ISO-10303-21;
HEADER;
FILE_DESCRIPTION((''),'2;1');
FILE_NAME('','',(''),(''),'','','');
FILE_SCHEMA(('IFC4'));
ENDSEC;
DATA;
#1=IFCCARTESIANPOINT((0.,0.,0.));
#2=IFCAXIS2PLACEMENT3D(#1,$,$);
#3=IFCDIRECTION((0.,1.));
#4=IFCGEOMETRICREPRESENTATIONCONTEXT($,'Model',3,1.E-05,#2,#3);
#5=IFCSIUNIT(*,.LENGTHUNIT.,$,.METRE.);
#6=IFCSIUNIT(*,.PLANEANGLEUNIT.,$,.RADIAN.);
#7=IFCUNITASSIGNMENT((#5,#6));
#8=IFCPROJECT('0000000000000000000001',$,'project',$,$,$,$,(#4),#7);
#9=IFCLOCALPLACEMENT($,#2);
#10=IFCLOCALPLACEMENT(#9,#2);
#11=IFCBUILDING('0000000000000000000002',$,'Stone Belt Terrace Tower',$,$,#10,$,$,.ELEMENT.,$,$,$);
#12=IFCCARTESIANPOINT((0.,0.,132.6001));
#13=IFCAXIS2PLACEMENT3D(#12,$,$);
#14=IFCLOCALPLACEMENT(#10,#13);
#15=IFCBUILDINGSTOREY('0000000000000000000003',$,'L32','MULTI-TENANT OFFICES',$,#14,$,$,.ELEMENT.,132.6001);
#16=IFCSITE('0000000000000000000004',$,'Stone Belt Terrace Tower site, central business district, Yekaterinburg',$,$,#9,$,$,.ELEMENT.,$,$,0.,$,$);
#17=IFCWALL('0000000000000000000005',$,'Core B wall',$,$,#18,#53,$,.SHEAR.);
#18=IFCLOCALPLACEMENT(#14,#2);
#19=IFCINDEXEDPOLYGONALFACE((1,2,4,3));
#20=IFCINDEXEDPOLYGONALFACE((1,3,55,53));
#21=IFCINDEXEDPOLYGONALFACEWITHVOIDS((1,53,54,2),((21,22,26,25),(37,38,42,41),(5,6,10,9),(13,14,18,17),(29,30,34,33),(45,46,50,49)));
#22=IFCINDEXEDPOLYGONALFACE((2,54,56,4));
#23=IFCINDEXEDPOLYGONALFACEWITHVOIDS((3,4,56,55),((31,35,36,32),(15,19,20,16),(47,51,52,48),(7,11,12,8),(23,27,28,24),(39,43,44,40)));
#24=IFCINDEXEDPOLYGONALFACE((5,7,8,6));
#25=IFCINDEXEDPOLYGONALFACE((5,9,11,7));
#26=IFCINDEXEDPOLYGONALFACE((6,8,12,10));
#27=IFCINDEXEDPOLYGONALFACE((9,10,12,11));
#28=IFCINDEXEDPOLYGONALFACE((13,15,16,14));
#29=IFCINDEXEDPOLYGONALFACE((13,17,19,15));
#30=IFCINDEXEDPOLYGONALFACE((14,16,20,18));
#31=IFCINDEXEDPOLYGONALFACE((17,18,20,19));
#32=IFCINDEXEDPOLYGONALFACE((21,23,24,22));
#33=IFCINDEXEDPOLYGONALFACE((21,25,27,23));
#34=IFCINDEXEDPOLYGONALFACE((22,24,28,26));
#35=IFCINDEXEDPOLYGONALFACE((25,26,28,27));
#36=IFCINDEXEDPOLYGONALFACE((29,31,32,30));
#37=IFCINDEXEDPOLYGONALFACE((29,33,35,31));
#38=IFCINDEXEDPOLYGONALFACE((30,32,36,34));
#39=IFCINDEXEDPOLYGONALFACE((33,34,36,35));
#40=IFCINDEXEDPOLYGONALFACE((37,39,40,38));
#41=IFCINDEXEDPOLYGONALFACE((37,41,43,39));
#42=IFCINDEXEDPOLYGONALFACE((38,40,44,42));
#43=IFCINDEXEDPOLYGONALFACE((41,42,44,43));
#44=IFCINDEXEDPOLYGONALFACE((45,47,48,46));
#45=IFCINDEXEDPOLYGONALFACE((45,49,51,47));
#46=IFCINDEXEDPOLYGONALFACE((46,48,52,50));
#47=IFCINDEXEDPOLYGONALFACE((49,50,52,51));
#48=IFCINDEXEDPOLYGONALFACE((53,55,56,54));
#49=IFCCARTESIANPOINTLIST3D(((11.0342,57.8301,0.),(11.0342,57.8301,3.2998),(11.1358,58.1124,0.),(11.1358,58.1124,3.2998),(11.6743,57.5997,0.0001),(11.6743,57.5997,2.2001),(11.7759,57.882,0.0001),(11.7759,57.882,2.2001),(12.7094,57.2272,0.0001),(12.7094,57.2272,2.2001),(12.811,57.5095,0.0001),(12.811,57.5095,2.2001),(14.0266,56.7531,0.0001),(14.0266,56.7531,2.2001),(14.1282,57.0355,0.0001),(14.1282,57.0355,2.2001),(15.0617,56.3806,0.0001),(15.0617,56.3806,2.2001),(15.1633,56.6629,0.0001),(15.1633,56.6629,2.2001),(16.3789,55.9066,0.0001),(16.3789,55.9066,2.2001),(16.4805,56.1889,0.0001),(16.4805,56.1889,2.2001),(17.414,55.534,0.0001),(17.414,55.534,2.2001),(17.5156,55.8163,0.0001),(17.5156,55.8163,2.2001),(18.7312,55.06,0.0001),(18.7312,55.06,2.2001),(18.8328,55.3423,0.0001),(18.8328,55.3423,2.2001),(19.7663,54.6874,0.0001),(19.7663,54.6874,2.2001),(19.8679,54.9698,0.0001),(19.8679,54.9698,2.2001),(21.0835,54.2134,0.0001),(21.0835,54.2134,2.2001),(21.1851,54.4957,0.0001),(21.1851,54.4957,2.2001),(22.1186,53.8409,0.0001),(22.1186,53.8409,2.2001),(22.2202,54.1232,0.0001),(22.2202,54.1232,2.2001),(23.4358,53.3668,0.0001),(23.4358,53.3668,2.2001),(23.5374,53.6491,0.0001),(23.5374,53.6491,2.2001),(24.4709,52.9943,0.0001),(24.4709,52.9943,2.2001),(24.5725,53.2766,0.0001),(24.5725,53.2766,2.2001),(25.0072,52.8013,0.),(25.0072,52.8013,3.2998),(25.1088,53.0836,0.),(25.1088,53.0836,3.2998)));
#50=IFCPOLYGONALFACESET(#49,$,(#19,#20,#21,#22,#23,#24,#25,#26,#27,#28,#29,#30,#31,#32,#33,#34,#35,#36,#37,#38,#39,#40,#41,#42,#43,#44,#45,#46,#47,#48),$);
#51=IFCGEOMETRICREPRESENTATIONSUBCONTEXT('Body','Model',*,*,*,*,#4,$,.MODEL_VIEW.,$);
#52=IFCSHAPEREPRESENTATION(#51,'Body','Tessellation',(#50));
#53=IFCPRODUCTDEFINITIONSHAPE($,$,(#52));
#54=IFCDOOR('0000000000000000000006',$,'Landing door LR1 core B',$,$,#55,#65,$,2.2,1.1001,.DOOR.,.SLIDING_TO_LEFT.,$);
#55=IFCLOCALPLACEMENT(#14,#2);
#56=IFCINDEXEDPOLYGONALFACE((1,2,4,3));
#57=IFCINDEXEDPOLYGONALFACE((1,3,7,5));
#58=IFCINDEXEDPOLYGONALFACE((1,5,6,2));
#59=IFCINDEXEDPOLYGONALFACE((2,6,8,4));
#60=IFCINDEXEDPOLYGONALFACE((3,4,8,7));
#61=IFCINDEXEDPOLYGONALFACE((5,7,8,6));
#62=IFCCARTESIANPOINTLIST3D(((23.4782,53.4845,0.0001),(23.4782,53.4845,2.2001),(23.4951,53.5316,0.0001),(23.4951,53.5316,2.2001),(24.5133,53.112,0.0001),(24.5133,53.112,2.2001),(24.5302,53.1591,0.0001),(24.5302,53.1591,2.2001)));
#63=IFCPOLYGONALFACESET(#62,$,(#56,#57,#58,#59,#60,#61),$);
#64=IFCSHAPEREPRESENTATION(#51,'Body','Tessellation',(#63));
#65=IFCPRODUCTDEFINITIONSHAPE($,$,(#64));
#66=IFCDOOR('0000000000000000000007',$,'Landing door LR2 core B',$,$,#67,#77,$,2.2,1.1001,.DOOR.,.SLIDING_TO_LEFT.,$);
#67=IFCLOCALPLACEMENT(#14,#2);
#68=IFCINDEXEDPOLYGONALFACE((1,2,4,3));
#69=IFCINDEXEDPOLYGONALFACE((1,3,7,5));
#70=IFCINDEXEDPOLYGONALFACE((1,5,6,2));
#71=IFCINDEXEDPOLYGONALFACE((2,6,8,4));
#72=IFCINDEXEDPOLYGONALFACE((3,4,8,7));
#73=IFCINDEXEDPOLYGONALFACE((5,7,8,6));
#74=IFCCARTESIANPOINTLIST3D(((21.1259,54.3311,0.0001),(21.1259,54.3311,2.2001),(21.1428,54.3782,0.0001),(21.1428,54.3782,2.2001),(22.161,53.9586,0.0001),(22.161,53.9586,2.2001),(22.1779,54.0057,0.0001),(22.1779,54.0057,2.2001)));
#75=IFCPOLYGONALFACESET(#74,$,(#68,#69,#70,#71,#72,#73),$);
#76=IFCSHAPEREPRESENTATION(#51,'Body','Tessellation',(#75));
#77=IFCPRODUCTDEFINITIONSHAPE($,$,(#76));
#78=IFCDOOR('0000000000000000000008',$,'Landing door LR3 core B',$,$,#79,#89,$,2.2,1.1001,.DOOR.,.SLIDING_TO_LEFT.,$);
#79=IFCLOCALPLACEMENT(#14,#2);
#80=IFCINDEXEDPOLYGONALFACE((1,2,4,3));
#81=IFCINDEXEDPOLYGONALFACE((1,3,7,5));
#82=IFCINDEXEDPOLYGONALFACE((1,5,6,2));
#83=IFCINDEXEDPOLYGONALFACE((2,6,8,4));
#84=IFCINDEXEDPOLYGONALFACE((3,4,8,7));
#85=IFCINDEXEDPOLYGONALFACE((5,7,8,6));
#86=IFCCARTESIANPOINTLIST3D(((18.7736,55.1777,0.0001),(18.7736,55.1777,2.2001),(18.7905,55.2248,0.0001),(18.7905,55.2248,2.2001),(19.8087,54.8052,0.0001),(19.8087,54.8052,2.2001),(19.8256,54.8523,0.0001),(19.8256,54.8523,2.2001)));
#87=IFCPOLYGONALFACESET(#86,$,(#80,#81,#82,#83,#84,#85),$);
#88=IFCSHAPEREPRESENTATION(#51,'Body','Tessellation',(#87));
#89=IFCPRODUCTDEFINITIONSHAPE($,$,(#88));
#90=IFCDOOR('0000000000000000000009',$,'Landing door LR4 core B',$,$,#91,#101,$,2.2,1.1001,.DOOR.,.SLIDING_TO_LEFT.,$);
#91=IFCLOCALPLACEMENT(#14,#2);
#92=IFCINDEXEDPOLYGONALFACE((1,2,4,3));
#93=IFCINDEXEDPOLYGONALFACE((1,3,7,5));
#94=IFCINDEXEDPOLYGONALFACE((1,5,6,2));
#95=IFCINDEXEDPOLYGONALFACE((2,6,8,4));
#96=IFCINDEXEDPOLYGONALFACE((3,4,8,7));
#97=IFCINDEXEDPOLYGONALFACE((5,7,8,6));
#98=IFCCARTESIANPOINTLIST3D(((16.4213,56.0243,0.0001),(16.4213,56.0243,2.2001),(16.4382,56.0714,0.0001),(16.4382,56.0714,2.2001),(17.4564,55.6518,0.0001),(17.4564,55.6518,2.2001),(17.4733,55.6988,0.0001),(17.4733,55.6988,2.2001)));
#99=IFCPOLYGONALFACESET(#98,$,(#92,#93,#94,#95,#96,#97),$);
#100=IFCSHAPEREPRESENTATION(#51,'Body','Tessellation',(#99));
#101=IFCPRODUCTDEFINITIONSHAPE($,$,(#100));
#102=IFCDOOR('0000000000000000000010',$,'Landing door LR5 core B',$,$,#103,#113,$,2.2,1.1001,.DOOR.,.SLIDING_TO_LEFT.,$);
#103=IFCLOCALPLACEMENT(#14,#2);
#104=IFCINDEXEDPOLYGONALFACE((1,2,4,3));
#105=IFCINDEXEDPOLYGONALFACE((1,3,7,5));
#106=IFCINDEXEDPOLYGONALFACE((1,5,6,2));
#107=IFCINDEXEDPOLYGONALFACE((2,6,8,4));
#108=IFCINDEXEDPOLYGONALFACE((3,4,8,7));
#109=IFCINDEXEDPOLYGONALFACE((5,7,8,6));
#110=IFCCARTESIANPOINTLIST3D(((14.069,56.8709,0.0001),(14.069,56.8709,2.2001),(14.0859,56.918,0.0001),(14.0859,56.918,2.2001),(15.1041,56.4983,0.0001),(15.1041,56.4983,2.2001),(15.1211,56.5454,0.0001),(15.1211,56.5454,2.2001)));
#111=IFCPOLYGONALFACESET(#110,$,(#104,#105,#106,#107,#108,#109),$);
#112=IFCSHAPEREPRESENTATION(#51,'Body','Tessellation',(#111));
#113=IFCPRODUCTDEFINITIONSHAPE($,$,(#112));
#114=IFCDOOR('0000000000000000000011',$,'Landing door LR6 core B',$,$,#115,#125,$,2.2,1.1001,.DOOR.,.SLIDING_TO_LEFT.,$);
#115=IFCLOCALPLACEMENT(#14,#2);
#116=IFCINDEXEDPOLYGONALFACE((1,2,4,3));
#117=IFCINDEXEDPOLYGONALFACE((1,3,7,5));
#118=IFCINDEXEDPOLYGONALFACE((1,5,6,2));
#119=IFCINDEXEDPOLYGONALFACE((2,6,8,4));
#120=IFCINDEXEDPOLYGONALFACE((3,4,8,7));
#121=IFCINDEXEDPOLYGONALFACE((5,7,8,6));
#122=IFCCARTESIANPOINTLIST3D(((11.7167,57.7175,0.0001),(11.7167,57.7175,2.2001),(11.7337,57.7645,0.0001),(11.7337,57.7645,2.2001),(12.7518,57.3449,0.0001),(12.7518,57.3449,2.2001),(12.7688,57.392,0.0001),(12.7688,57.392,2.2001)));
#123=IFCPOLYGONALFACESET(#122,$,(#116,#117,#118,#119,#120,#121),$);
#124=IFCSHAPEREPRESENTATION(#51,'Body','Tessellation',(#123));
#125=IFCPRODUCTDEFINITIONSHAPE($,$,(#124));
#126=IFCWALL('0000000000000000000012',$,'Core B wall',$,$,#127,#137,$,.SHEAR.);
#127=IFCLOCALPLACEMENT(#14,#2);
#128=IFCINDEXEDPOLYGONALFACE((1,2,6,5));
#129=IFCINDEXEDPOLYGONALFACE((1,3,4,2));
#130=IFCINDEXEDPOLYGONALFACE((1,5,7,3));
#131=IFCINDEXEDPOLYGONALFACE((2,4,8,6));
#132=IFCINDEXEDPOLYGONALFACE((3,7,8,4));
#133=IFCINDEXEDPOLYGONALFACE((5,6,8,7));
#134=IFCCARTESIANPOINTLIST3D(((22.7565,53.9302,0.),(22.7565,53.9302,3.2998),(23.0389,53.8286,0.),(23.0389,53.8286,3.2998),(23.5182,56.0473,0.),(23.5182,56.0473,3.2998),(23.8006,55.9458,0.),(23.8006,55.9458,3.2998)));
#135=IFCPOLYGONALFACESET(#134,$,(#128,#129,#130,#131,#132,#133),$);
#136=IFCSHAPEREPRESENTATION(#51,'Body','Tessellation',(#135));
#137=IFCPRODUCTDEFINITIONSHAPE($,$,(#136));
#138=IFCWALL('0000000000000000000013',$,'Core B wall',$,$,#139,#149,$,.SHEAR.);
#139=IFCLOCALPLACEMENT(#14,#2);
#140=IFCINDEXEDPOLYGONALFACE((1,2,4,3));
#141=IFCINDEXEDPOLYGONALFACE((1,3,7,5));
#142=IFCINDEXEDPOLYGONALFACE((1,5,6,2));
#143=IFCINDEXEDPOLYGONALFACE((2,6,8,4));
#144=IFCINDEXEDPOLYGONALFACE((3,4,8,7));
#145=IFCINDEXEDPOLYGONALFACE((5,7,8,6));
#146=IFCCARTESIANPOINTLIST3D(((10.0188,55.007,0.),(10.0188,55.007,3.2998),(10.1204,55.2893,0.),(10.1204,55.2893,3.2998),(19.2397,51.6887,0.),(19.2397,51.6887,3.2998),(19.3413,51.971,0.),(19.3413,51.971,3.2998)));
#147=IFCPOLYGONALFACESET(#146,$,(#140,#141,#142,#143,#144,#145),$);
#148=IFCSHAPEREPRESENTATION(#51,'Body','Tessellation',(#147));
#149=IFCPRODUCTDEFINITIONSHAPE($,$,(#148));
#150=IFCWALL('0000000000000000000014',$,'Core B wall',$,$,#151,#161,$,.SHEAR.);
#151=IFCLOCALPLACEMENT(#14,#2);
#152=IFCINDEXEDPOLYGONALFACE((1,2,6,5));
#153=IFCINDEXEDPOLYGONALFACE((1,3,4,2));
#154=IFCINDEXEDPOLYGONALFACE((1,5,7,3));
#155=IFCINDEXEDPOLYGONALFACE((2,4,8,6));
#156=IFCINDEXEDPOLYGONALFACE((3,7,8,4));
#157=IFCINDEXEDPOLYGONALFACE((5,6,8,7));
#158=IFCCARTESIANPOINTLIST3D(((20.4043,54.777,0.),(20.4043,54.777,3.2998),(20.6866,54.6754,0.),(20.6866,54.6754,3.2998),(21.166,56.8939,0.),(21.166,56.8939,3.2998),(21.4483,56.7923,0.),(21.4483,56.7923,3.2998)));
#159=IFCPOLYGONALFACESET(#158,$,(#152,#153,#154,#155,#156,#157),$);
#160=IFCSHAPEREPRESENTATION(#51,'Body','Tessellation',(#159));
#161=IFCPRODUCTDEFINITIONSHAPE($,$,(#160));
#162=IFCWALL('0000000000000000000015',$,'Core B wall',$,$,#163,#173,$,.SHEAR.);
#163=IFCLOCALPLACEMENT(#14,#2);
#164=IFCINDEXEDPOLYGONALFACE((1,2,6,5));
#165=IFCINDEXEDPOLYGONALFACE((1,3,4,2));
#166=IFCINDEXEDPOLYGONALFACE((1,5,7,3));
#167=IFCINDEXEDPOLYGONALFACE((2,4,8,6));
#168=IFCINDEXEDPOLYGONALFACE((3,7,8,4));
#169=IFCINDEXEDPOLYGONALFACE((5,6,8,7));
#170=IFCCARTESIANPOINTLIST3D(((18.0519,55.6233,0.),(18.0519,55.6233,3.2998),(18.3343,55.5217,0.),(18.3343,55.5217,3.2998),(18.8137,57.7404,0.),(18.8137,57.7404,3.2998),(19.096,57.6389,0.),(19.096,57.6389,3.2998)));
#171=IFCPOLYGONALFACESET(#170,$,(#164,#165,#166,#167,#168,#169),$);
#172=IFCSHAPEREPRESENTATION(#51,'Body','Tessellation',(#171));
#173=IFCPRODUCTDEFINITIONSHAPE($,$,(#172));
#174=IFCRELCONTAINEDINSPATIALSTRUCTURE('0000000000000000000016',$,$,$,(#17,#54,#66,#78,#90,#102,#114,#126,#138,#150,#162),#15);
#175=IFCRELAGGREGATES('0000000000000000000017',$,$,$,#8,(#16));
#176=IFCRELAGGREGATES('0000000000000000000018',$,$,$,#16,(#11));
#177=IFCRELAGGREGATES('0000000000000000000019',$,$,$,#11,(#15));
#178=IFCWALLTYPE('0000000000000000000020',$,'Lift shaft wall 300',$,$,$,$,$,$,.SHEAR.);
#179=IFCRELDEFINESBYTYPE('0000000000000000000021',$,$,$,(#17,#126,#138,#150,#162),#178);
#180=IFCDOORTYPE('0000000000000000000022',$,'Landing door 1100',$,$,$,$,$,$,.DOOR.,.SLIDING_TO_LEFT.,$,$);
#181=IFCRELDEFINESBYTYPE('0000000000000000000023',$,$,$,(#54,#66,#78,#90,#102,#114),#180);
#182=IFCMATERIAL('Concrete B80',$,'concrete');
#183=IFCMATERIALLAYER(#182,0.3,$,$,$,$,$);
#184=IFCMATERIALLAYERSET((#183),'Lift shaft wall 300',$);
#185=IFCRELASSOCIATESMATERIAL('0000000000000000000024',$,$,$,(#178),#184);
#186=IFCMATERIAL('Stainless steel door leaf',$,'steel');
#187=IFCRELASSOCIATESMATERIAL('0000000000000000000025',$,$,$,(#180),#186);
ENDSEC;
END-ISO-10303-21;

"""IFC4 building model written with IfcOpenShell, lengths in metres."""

from ifc_helpers import new_model, si_unit, direction, frame, frame_2d, origin, place, context, subcontext, project, spatial, rectangle, extrude, material, layer, layer_set, type_object, element, fill, save


model = new_model("IFC4")

# Units and contexts
model_context = context("Model", 3, precision=1e-05, world=origin(), true_north=direction((0.0, 1.0)))
body_context = subcontext(model_context, "Body", "Model", "MODEL_VIEW")
ifc_project = project(units=[si_unit("LENGTHUNIT", "METRE"), si_unit("PLANEANGLEUNIT", "RADIAN")], contexts=[model_context])

# Site, building, storey
site_placement = place(None, origin())
site = spatial("IfcSite", under=ifc_project, at=site_placement, Name="Stone Belt Terrace Tower site, central business district, Yekaterinburg", CompositionType="ELEMENT", RefElevation=0.0)
building_placement = place(site_placement, origin())
building = spatial("IfcBuilding", under=site, at=building_placement, Name="Stone Belt Terrace Tower", CompositionType="ELEMENT")
storey_placement = place(building_placement, frame((0.0, 0.0, 132.6001)))
storey = spatial("IfcBuildingStorey", under=building, at=storey_placement, Name="L32", Description="MULTI-TENANT OFFICES", CompositionType="ELEMENT", Elevation=132.6001)

# Shared definitions
ifc_material_1 = material(Name="Concrete B80", Category="concrete")

# Shared definitions
ifc_layer_1 = layer(ifc_material_1, 0.3)
ifc_layer_set_1 = layer_set([ifc_layer_1], Name="Lift shaft wall 300")
wall_type_1 = type_object("IfcWallType", Name="Lift shaft wall 300", PredefinedType="SHEAR", material=ifc_layer_set_1)
ifc_material_2 = material(Name="Stainless steel door leaf", Category="steel")

# Wall, openings, doors
wall_1_placement = place(storey_placement, frame((25.0581, 52.9424, 0.0), z_axis=(0.0, 0.0, 1.0), x_axis=(-0.940918, 0.338634, 0.0)))
wall_1 = element("IfcWall", 1, at=wall_1_placement, inside=storey, type_object=wall_type_1, Name="Core B wall", PredefinedType="SHEAR", context=body_context, shape_type="SweptSolid", body=[
    extrude(rectangle(XDim=14.8503, YDim=0.3, at=frame_2d((7.4253, 0.0))), origin(), (0.0, 0.0, 1.0), 3.2998),
])
opening_1_placement = place(wall_1_placement, frame((0.5701, 0.0, 0.0)))
opening_1 = element("IfcOpeningElement", 2, at=opening_1_placement, cuts=wall_1, PredefinedType="OPENING", context=body_context, shape_type="SweptSolid", body=[
    extrude(rectangle(XDim=1.1001, YDim=2.2, at=frame_2d((0.55, 1.1001))), frame((0.0, 0.1599, 0.0), z_axis=(0.0, -1.0, 0.0), x_axis=(1.0, 0.0, 0.0)), (0.0, 0.0, 1.0), 0.3201),
])
opening_2_placement = place(wall_1_placement, frame((3.0701, 0.0, 0.0)))
opening_2 = element("IfcOpeningElement", 3, at=opening_2_placement, cuts=wall_1, PredefinedType="OPENING", context=body_context, shape_type="SweptSolid", body=[
    extrude(rectangle(XDim=1.1001, YDim=2.2, at=frame_2d((0.55, 1.1001))), frame((0.0, 0.1599, 0.0), z_axis=(0.0, -1.0, 0.0), x_axis=(1.0, 0.0, 0.0)), (0.0, 0.0, 1.0), 0.3201),
])
opening_3_placement = place(wall_1_placement, frame((5.5701, 0.0, 0.0)))
opening_3 = element("IfcOpeningElement", 4, at=opening_3_placement, cuts=wall_1, PredefinedType="OPENING", context=body_context, shape_type="SweptSolid", body=[
    extrude(rectangle(XDim=1.1001, YDim=2.2, at=frame_2d((0.55, 1.1001))), frame((0.0, 0.1599, 0.0), z_axis=(0.0, -1.0, 0.0), x_axis=(1.0, 0.0, 0.0)), (0.0, 0.0, 1.0), 0.3201),
])
opening_4_placement = place(wall_1_placement, frame((8.0701, 0.0, 0.0)))
opening_4 = element("IfcOpeningElement", 5, at=opening_4_placement, cuts=wall_1, PredefinedType="OPENING", context=body_context, shape_type="SweptSolid", body=[
    extrude(rectangle(XDim=1.1001, YDim=2.2, at=frame_2d((0.55, 1.1001))), frame((0.0, 0.1599, 0.0), z_axis=(0.0, -1.0, 0.0), x_axis=(1.0, 0.0, 0.0)), (0.0, 0.0, 1.0), 0.3201),
])
opening_5_placement = place(wall_1_placement, frame((10.5701, 0.0, 0.0)))
opening_5 = element("IfcOpeningElement", 6, at=opening_5_placement, cuts=wall_1, PredefinedType="OPENING", context=body_context, shape_type="SweptSolid", body=[
    extrude(rectangle(XDim=1.1001, YDim=2.2, at=frame_2d((0.55, 1.1001))), frame((0.0, 0.1599, 0.0), z_axis=(0.0, -1.0, 0.0), x_axis=(1.0, 0.0, 0.0)), (0.0, 0.0, 1.0), 0.3201),
])
opening_6_placement = place(wall_1_placement, frame((13.0701, 0.0, 0.0)))
opening_6 = element("IfcOpeningElement", 7, at=opening_6_placement, cuts=wall_1, PredefinedType="OPENING", context=body_context, shape_type="SweptSolid", body=[
    extrude(rectangle(XDim=1.1001, YDim=2.2, at=frame_2d((0.55, 1.1001))), frame((0.0, 0.1599, 0.0), z_axis=(0.0, -1.0, 0.0), x_axis=(1.0, 0.0, 0.0)), (0.0, 0.0, 1.0), 0.3201),
])
door_type_1 = type_object("IfcDoorType", Name="Landing door 1100", OperationType="SLIDING_TO_LEFT", PredefinedType="DOOR", material=ifc_material_2)
door_1_placement = place(opening_1_placement, origin())
door_1 = element("IfcDoor", 8, at=door_1_placement, inside=storey, type_object=door_type_1, Name="Landing door LR1 core B", OperationType="SLIDING_TO_LEFT", OverallHeight=2.2, OverallWidth=1.1001, PredefinedType="DOOR", context=body_context, shape_type="SweptSolid", body=[
    extrude(rectangle(XDim=1.1001, YDim=2.2, at=frame_2d((0.55, 1.1001))), frame((0.0, 0.0249, 0.0), z_axis=(0.0, -1.0, 0.0), x_axis=(1.0, 0.0, 0.0)), (0.0, 0.0, 1.0), 0.05),
])
fill(opening_1, door_1)
door_2_placement = place(opening_2_placement, origin())
door_2 = element("IfcDoor", 9, at=door_2_placement, inside=storey, type_object=door_type_1, Name="Landing door LR2 core B", OperationType="SLIDING_TO_LEFT", OverallHeight=2.2, OverallWidth=1.1001, PredefinedType="DOOR", context=body_context, shape_type="SweptSolid", body=[
    extrude(rectangle(XDim=1.1001, YDim=2.2, at=frame_2d((0.55, 1.1001))), frame((0.0, 0.0249, 0.0), z_axis=(0.0, -1.0, 0.0), x_axis=(1.0, 0.0, 0.0)), (0.0, 0.0, 1.0), 0.05),
])
fill(opening_2, door_2)
door_3_placement = place(opening_3_placement, origin())
door_3 = element("IfcDoor", 10, at=door_3_placement, inside=storey, type_object=door_type_1, Name="Landing door LR3 core B", OperationType="SLIDING_TO_LEFT", OverallHeight=2.2, OverallWidth=1.1001, PredefinedType="DOOR", context=body_context, shape_type="SweptSolid", body=[
    extrude(rectangle(XDim=1.1001, YDim=2.2, at=frame_2d((0.55, 1.1001))), frame((0.0, 0.0249, 0.0), z_axis=(0.0, -1.0, 0.0), x_axis=(1.0, 0.0, 0.0)), (0.0, 0.0, 1.0), 0.05),
])
fill(opening_3, door_3)
door_4_placement = place(opening_4_placement, origin())
door_4 = element("IfcDoor", 11, at=door_4_placement, inside=storey, type_object=door_type_1, Name="Landing door LR4 core B", OperationType="SLIDING_TO_LEFT", OverallHeight=2.2, OverallWidth=1.1001, PredefinedType="DOOR", context=body_context, shape_type="SweptSolid", body=[
    extrude(rectangle(XDim=1.1001, YDim=2.2, at=frame_2d((0.55, 1.1001))), frame((0.0, 0.0249, 0.0), z_axis=(0.0, -1.0, 0.0), x_axis=(1.0, 0.0, 0.0)), (0.0, 0.0, 1.0), 0.05),
])
fill(opening_4, door_4)
door_5_placement = place(opening_5_placement, origin())
door_5 = element("IfcDoor", 12, at=door_5_placement, inside=storey, type_object=door_type_1, Name="Landing door LR5 core B", OperationType="SLIDING_TO_LEFT", OverallHeight=2.2, OverallWidth=1.1001, PredefinedType="DOOR", context=body_context, shape_type="SweptSolid", body=[
    extrude(rectangle(XDim=1.1001, YDim=2.2, at=frame_2d((0.55, 1.1001))), frame((0.0, 0.0249, 0.0), z_axis=(0.0, -1.0, 0.0), x_axis=(1.0, 0.0, 0.0)), (0.0, 0.0, 1.0), 0.05),
])
fill(opening_5, door_5)
door_6_placement = place(opening_6_placement, origin())
door_6 = element("IfcDoor", 13, at=door_6_placement, inside=storey, type_object=door_type_1, Name="Landing door LR6 core B", OperationType="SLIDING_TO_LEFT", OverallHeight=2.2, OverallWidth=1.1001, PredefinedType="DOOR", context=body_context, shape_type="SweptSolid", body=[
    extrude(rectangle(XDim=1.1001, YDim=2.2, at=frame_2d((0.55, 1.1001))), frame((0.0, 0.0249, 0.0), z_axis=(0.0, -1.0, 0.0), x_axis=(1.0, 0.0, 0.0)), (0.0, 0.0, 1.0), 0.05),
])
fill(opening_6, door_6)

# Walls
wall_2_placement = place(storey_placement, frame((22.8977, 53.8794, 0.0), z_axis=(0.0, 0.0, 1.0), x_axis=(0.338535, 0.940954, 0.0)))
element("IfcWall", 14, at=wall_2_placement, inside=storey, type_object=wall_type_1, Name="Core B wall", PredefinedType="SHEAR", context=body_context, shape_type="SweptSolid", body=[
    extrude(rectangle(XDim=2.25, YDim=0.3, at=frame_2d((1.125, 0.0))), origin(), (0.0, 0.0, 1.0), 3.2998),
])
wall_3_placement = place(storey_placement, frame((19.2905, 51.8298, 0.0), z_axis=(0.0, 0.0, 1.0), x_axis=(-0.940926, 0.338613, 0.0)))
element("IfcWall", 15, at=wall_3_placement, inside=storey, type_object=wall_type_1, Name="Core B wall", PredefinedType="SHEAR", context=body_context, shape_type="SweptSolid", body=[
    extrude(rectangle(XDim=9.7998, YDim=0.3, at=frame_2d((4.8999, 0.0))), origin(), (0.0, 0.0, 1.0), 3.2998),
])
wall_4_placement = place(storey_placement, frame((20.5454, 54.7261, 0.0), z_axis=(0.0, 0.0, 1.0), x_axis=(0.33857, 0.940941, 0.0)))
element("IfcWall", 16, at=wall_4_placement, inside=storey, type_object=wall_type_1, Name="Core B wall", PredefinedType="SHEAR", context=body_context, shape_type="SweptSolid", body=[
    extrude(rectangle(XDim=2.2498, YDim=0.3, at=frame_2d((1.125, 0.0))), origin(), (0.0, 0.0, 1.0), 3.2998),
])
wall_5_placement = place(storey_placement, frame((18.1931, 55.5725, 0.0), z_axis=(0.0, 0.0, 1.0), x_axis=(0.338535, 0.940954, 0.0)))
element("IfcWall", 17, at=wall_5_placement, inside=storey, type_object=wall_type_1, Name="Core B wall", PredefinedType="SHEAR", context=body_context, shape_type="SweptSolid", body=[
    extrude(rectangle(XDim=2.25, YDim=0.3, at=frame_2d((1.125, 0.0))), origin(), (0.0, 0.0, 1.0), 3.2998),
])

save(model, "model.ifc")
